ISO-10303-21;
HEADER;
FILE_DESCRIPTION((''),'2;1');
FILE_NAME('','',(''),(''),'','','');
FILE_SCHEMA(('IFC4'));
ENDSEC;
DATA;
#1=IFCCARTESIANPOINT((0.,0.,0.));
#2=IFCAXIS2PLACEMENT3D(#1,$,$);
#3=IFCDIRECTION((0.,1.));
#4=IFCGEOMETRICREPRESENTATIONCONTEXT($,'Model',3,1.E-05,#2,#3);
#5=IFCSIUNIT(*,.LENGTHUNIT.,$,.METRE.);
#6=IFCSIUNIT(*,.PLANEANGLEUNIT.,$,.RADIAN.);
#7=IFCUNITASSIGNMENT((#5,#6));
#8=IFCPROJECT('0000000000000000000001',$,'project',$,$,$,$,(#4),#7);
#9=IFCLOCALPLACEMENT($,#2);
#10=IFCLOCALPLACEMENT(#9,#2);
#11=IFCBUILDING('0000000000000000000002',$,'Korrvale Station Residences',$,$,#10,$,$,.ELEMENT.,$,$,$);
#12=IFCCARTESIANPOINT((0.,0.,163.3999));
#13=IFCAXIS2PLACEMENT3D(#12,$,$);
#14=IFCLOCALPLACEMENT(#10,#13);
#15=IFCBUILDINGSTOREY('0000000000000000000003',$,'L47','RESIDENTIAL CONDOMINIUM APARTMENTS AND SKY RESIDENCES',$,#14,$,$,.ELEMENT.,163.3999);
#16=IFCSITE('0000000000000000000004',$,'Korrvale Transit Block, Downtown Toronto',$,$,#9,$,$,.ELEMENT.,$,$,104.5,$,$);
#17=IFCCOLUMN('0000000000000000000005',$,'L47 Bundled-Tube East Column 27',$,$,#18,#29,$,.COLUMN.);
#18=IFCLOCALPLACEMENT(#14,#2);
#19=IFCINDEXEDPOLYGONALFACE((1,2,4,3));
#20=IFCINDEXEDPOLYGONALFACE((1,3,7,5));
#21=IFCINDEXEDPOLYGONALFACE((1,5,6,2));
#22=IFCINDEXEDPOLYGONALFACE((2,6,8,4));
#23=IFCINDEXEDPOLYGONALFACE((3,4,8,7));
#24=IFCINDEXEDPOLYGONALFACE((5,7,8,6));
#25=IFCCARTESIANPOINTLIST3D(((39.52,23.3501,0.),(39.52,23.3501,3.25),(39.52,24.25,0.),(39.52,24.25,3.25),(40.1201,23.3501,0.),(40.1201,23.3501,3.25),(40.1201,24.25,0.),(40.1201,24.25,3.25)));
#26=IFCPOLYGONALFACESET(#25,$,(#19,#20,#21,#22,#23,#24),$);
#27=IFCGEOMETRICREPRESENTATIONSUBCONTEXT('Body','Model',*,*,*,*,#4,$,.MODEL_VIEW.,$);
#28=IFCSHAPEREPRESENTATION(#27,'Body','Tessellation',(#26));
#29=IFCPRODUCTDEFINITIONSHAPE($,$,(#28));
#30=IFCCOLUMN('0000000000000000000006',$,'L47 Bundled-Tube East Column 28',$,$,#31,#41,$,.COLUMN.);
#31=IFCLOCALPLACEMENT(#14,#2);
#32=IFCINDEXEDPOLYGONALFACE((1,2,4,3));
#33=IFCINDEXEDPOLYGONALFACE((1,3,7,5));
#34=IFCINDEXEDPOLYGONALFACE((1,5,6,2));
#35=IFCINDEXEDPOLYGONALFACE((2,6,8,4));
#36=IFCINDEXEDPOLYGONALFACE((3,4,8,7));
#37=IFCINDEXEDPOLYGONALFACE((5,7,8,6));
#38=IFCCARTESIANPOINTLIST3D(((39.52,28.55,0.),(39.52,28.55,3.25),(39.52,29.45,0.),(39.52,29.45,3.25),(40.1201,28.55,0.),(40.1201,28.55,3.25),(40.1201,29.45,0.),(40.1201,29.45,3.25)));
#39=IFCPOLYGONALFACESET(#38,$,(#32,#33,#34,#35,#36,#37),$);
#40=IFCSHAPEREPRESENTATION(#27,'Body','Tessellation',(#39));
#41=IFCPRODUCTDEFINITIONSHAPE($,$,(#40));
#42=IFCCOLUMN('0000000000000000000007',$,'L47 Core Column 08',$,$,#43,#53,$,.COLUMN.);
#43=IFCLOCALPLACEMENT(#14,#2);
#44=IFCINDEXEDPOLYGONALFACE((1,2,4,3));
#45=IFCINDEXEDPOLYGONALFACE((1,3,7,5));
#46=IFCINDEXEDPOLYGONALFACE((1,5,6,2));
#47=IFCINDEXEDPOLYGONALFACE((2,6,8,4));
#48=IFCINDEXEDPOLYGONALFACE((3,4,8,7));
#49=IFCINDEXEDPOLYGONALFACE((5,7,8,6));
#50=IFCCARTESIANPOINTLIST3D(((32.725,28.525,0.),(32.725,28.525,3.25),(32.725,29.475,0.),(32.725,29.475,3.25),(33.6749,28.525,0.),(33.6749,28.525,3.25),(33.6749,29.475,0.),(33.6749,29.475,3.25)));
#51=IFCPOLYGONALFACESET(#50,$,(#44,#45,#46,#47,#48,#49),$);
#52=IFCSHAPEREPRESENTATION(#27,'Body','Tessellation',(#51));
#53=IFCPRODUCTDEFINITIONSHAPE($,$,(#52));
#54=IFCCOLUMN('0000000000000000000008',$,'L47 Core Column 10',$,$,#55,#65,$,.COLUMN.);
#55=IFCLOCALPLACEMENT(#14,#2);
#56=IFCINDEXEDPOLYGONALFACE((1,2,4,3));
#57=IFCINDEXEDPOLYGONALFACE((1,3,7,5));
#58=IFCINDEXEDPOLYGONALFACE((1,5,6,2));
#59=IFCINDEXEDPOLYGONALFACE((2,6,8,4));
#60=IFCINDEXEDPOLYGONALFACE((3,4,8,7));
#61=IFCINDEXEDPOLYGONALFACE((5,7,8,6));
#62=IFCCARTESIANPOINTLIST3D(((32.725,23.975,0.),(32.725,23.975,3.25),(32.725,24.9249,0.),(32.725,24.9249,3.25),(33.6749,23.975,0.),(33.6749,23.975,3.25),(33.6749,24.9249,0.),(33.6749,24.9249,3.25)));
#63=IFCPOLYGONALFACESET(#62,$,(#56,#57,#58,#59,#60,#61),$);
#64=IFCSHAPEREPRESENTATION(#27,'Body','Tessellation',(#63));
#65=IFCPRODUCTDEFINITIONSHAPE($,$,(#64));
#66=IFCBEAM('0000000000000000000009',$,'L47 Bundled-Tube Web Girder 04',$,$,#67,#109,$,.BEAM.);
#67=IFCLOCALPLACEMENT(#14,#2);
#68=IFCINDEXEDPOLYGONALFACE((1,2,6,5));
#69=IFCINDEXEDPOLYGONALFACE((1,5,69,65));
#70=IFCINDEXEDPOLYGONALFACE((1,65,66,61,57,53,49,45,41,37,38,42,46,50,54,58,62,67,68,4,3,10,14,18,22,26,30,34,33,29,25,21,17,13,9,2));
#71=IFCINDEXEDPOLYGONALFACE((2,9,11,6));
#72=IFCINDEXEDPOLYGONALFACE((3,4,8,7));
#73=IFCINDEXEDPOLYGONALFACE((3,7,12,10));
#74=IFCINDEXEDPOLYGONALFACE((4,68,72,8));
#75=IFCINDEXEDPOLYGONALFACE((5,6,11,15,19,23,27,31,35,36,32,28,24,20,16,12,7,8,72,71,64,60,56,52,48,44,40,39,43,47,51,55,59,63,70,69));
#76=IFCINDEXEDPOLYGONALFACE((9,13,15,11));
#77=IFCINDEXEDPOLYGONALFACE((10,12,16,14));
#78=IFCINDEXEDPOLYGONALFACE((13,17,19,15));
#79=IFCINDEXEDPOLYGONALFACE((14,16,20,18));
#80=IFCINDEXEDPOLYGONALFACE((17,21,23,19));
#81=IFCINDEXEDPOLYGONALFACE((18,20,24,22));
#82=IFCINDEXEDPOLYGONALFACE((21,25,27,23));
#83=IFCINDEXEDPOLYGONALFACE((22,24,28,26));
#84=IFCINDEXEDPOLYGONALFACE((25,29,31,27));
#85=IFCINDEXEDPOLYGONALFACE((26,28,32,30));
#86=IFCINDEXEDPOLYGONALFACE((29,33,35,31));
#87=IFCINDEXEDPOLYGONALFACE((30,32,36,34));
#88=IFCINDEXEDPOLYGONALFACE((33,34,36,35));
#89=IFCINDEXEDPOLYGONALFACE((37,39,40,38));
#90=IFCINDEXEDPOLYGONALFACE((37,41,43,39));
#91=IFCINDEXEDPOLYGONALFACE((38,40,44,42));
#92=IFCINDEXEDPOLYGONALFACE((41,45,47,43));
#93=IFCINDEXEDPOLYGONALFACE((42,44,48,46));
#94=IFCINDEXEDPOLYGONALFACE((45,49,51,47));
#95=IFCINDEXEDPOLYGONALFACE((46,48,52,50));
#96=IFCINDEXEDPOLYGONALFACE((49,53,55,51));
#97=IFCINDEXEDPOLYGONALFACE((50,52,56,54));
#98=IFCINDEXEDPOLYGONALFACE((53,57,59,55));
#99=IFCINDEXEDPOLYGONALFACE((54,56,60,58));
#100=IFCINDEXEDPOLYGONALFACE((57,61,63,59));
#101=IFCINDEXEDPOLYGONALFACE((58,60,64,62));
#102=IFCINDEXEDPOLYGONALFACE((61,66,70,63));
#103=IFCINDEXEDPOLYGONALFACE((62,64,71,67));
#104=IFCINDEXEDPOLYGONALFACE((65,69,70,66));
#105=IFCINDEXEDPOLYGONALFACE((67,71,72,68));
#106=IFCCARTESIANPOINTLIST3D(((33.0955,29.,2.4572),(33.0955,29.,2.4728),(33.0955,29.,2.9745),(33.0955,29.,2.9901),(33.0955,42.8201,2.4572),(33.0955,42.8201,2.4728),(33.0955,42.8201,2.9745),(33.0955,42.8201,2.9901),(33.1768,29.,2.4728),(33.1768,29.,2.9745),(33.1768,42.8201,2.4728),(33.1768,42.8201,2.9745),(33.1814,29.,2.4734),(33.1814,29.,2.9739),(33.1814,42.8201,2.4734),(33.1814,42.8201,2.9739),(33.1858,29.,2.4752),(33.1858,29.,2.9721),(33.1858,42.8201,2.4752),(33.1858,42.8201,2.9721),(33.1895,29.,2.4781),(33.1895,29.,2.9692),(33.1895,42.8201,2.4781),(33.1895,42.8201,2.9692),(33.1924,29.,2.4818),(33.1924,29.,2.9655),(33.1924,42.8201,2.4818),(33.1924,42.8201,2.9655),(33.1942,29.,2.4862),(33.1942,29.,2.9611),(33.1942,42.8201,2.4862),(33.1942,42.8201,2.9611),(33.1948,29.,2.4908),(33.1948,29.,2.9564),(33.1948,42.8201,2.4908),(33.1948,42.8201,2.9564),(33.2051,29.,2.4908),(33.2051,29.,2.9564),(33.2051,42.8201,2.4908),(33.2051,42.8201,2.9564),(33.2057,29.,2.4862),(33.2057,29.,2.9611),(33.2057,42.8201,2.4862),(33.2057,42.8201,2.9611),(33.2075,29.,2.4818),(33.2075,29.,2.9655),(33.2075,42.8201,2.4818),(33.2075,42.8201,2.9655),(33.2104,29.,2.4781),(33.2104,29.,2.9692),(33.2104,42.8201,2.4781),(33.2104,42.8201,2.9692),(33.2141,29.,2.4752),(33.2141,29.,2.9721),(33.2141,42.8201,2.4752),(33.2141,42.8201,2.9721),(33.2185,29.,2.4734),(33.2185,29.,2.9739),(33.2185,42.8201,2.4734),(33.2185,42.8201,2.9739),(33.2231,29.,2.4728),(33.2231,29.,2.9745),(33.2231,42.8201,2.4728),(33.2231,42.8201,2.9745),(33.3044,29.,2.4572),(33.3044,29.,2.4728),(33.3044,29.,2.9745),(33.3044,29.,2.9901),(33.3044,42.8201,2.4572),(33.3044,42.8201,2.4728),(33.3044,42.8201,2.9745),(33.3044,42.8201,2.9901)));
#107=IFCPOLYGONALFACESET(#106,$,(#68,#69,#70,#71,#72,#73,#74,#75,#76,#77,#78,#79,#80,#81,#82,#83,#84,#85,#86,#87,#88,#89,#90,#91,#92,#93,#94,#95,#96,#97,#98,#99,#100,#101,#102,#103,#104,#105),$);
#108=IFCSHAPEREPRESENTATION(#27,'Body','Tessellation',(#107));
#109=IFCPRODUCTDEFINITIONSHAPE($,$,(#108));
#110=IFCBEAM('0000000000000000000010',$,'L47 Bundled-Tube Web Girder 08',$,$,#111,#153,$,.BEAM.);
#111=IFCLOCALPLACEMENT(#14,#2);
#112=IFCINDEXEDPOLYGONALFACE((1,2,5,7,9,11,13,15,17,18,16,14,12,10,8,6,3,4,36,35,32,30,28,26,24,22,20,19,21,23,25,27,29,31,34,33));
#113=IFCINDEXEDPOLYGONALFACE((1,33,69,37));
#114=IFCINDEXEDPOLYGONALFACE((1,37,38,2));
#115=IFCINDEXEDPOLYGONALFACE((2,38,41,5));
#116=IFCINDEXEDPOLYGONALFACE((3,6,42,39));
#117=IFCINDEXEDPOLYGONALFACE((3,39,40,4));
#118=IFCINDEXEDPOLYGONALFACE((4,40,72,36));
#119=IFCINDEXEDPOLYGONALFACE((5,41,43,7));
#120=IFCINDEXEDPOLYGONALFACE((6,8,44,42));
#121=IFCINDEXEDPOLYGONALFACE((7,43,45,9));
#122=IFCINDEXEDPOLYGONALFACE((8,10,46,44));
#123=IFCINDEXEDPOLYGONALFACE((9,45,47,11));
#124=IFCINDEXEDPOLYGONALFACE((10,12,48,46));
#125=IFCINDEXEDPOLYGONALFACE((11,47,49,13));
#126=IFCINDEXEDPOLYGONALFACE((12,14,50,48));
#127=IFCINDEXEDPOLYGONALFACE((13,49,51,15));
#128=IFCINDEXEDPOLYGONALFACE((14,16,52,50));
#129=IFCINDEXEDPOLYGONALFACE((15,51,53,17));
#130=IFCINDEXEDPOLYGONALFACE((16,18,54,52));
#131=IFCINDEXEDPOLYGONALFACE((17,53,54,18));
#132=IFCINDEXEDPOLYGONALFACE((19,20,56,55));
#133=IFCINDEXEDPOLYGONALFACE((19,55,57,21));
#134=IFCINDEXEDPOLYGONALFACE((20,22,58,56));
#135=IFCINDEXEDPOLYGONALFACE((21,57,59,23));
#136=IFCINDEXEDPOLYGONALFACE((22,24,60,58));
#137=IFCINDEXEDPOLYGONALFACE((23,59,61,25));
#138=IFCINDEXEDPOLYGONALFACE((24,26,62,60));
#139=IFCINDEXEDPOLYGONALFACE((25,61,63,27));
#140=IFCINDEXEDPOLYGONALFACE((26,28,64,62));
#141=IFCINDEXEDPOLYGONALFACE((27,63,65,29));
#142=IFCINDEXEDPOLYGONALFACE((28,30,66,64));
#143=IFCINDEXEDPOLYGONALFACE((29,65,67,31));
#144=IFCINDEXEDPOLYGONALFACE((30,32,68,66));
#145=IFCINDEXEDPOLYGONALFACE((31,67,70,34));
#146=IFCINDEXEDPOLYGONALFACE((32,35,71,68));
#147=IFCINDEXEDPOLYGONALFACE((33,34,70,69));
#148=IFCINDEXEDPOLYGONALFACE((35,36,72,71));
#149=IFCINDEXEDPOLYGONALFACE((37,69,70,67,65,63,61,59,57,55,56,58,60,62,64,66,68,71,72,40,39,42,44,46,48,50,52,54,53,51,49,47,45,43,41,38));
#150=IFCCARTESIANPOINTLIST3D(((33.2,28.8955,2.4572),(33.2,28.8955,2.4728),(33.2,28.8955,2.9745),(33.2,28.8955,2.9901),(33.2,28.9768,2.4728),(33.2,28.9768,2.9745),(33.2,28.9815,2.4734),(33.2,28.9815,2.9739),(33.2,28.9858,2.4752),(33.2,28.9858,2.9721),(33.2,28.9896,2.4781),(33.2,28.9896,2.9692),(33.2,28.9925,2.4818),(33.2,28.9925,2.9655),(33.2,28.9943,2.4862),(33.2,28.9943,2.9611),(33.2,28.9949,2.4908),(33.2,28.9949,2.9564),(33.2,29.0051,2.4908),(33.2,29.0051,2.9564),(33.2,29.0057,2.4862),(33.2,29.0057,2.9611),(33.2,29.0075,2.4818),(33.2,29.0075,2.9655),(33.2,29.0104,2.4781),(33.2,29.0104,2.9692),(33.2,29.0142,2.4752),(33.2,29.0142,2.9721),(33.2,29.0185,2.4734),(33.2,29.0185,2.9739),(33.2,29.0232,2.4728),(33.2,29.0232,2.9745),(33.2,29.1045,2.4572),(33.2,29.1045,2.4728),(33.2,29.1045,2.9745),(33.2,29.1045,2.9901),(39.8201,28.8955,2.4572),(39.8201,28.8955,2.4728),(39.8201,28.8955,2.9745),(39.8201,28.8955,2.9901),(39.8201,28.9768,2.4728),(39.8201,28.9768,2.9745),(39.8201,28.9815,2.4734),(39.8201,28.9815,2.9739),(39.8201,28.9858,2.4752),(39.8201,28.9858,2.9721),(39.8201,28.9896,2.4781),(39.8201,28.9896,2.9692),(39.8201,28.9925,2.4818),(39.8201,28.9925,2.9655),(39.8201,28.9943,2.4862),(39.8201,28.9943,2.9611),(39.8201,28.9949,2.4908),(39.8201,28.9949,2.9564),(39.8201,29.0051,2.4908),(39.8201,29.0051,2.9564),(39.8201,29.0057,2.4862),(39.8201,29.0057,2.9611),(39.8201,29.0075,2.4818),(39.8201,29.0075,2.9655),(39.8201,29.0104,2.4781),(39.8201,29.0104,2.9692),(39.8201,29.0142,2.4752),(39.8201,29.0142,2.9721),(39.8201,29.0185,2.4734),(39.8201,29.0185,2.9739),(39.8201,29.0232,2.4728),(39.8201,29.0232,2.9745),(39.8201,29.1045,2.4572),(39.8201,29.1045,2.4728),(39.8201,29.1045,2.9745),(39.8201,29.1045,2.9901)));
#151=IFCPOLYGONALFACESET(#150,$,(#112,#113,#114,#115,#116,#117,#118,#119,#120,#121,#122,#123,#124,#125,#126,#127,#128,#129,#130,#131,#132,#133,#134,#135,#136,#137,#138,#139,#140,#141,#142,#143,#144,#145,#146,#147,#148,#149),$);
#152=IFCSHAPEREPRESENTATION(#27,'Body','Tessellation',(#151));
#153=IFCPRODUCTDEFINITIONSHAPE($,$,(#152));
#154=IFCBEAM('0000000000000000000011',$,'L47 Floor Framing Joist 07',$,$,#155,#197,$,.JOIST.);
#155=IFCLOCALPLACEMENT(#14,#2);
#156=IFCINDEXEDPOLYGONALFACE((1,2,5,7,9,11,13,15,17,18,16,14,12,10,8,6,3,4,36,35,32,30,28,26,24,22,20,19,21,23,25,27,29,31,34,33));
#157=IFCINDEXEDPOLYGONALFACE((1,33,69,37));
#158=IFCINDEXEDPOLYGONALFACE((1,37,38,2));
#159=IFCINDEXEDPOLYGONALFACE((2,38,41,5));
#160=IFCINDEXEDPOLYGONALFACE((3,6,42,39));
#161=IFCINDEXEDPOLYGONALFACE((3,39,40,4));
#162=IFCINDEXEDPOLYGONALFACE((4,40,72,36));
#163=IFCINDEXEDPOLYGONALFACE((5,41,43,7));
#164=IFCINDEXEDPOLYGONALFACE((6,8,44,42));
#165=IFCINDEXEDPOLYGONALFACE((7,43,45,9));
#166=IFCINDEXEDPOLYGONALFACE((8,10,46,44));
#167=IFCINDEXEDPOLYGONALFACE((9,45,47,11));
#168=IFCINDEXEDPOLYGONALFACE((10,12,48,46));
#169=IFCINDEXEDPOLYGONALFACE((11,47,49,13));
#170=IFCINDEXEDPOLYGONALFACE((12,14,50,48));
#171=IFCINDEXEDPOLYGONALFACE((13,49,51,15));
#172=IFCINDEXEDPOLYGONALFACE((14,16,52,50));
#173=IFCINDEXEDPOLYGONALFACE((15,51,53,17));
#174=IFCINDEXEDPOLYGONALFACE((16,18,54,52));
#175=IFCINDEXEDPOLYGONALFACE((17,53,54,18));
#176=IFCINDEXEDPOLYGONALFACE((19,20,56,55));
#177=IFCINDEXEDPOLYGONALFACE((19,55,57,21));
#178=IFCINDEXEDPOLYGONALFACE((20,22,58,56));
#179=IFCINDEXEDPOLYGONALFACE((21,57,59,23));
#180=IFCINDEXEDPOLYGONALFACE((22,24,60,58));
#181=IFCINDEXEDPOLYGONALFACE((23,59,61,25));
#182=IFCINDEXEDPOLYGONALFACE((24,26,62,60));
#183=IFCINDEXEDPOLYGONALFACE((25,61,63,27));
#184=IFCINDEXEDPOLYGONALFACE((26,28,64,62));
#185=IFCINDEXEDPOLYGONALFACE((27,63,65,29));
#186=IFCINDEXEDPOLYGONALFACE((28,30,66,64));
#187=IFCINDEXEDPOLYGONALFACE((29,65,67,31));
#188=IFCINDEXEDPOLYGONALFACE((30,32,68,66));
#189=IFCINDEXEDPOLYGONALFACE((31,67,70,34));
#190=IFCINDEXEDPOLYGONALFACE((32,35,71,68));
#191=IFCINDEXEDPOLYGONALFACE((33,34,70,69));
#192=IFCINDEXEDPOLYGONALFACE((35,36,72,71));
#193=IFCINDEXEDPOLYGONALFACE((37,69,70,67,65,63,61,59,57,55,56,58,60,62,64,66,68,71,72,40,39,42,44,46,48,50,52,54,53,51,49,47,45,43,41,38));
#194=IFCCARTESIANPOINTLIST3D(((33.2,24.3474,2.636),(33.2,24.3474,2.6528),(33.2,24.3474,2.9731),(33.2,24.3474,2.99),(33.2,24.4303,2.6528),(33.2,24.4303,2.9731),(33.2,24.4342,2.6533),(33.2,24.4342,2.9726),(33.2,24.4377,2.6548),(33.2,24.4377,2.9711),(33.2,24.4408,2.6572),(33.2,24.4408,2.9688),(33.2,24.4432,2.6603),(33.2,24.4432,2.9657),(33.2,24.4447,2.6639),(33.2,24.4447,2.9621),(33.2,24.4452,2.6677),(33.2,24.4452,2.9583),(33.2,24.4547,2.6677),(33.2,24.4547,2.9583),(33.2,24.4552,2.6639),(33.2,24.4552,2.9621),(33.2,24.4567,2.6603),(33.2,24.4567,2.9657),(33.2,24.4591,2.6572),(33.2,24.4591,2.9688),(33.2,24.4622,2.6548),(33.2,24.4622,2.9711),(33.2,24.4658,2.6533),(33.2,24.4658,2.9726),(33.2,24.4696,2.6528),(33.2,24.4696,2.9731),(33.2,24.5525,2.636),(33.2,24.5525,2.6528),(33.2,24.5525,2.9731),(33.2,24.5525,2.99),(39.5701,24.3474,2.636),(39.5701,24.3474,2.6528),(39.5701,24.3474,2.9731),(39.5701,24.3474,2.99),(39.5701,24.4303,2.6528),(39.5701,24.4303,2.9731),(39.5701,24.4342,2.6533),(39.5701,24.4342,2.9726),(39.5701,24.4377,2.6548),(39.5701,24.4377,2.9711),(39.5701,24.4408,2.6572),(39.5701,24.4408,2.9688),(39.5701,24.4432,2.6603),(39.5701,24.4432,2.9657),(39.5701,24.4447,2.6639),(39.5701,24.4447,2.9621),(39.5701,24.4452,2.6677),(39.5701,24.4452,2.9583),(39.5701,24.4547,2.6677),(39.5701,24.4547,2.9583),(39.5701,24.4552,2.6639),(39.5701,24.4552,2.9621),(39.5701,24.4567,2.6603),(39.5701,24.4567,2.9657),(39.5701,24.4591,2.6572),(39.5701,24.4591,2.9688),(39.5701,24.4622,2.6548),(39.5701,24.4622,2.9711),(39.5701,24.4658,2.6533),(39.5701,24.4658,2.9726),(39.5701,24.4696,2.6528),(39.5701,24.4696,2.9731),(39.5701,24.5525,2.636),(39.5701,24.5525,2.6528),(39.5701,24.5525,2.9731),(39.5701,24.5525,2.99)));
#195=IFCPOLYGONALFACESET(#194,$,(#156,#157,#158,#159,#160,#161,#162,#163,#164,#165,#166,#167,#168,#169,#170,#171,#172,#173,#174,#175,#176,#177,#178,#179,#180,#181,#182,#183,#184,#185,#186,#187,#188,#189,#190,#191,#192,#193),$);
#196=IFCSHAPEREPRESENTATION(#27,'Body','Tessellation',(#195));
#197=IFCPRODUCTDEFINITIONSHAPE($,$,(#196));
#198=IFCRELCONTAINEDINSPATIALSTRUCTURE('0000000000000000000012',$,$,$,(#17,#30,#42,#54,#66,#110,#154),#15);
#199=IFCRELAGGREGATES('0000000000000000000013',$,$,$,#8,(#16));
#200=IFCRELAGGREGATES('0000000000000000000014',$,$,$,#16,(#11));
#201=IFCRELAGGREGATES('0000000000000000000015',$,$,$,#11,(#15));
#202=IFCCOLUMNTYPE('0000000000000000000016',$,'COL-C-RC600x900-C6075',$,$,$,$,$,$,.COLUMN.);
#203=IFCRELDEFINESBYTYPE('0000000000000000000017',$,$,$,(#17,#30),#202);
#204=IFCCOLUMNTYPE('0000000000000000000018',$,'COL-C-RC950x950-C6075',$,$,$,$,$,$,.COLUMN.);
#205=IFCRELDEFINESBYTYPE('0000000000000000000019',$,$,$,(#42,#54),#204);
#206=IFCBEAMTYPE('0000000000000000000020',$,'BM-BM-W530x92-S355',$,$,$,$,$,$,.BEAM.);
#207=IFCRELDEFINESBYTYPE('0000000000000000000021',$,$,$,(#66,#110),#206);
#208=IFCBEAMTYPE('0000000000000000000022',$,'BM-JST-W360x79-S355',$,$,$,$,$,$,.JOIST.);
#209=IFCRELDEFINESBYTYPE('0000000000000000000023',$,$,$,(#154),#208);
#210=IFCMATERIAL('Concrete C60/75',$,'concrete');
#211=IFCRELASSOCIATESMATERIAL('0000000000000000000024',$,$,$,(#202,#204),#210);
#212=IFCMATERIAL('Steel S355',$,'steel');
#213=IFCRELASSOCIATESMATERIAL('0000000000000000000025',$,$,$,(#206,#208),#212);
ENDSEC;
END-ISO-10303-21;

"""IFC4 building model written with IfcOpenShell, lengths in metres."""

from ifc_helpers import new_model, si_unit, direction, frame, origin, origin_2d, place, context, subcontext, project, spatial, rectangle, i_section, extrude, material, material_profile, profile_set, type_object, element, save


model = new_model("IFC4")

# Units and contexts
model_context = context("Model", 3, precision=1e-05, world=origin(), true_north=direction((0.0, 1.0)))
body_context = subcontext(model_context, "Body", "Model", "MODEL_VIEW")
ifc_project = project(units=[si_unit("LENGTHUNIT", "METRE"), si_unit("PLANEANGLEUNIT", "RADIAN")], contexts=[model_context])

# Site, building, storey
site_placement = place(None, origin())
site = spatial("IfcSite", under=ifc_project, at=site_placement, Name="Korrvale Transit Block, Downtown Toronto", CompositionType="ELEMENT", RefElevation=104.5)
building_placement = place(site_placement, origin())
building = spatial("IfcBuilding", under=site, at=building_placement, Name="Korrvale Station Residences", CompositionType="ELEMENT")
storey_placement = place(building_placement, frame((0.0, 0.0, 163.3999)))
storey = spatial("IfcBuildingStorey", under=building, at=storey_placement, Name="L47", Description="RESIDENTIAL CONDOMINIUM APARTMENTS AND SKY RESIDENCES", CompositionType="ELEMENT", Elevation=163.3999)

# Columns
ifc_material_1 = material(Name="Concrete C60/75", Category="concrete")
ifc_material_profile_1 = material_profile(ifc_material_1, rectangle(XDim=0.6001, YDim=0.8999, at=origin_2d()), Name="RC600x900")
ifc_profile_set_1 = profile_set([ifc_material_profile_1], Name="Concrete C60/75")
column_type_1 = type_object("IfcColumnType", Name="COL-C-RC600x900-C6075", PredefinedType="COLUMN", material=ifc_profile_set_1)
for number, where, z_axis, x_axis, name in (
    (1, (39.8201, 23.8, 0.0), (0.0, 0.0, 1.0), (1.0, 0.0, 0.0), "L47 Bundled-Tube East Column 27"),
    (2, (39.8201, 29.0, 0.0), (0.0, 0.0, 1.0), (1.0, 0.0, 0.0), "L47 Bundled-Tube East Column 28"),
):
    element("IfcColumn", number, at=place(storey_placement, frame(where, z_axis=z_axis, x_axis=x_axis)), inside=storey, type_object=column_type_1, Name=name, PredefinedType="COLUMN", context=body_context, shape_type="SweptSolid", body=[
        extrude(rectangle(XDim=0.6001, YDim=0.8999, at=origin_2d()), origin(), (0.0, 0.0, 1.0), 3.25),
    ])
ifc_material_profile_2 = material_profile(ifc_material_1, rectangle(XDim=0.95, YDim=0.95, at=origin_2d()), Name="RC950x950")
ifc_profile_set_2 = profile_set([ifc_material_profile_2], Name="Concrete C60/75")
column_type_2 = type_object("IfcColumnType", Name="COL-C-RC950x950-C6075", PredefinedType="COLUMN", material=ifc_profile_set_2)
for number, where, z_axis, x_axis, name in (
    (3, (33.2, 29.0, 0.0), (0.0, 0.0, 1.0), (1.0, 0.0, 0.0), "L47 Core Column 08"),
    (4, (33.2, 24.45, 0.0), (0.0, 0.0, 1.0), (1.0, 0.0, 0.0), "L47 Core Column 10"),
):
    element("IfcColumn", number, at=place(storey_placement, frame(where, z_axis=z_axis, x_axis=x_axis)), inside=storey, type_object=column_type_2, Name=name, PredefinedType="COLUMN", context=body_context, shape_type="SweptSolid", body=[
        extrude(rectangle(XDim=0.95, YDim=0.95, at=origin_2d()), origin(), (0.0, 0.0, 1.0), 3.25),
    ])

# Beams
ifc_material_2 = material(Name="Steel S355", Category="steel")
ifc_material_profile_3 = material_profile(ifc_material_2, i_section(OverallWidth=0.209, OverallDepth=0.533, WebThickness=0.0103, FlangeThickness=0.0156, FilletRadius=0.0181, at=origin_2d()), Name="W530x92")
ifc_profile_set_3 = profile_set([ifc_material_profile_3], Name="Steel S355")
beam_type_1 = type_object("IfcBeamType", Name="BM-BM-W530x92-S355", PredefinedType="BEAM", material=ifc_profile_set_3)
beam_1_placement = place(storey_placement, frame((33.2, 29.0, 2.7236), z_axis=(0.0, 1.0, 0.0), x_axis=(-1.0, 0.0, 0.0)))
element("IfcBeam", 5, at=beam_1_placement, inside=storey, type_object=beam_type_1, Name="L47 Bundled-Tube Web Girder 04", PredefinedType="BEAM", context=body_context, shape_type="SweptSolid", body=[
    extrude(i_section(OverallWidth=0.209, OverallDepth=0.533, WebThickness=0.0103, FlangeThickness=0.0156, FilletRadius=0.0181, at=origin_2d()), origin(), (0.0, 0.0, 1.0), 13.8201),
])
beam_2_placement = place(storey_placement, frame((33.2, 29.0, 2.7236), z_axis=(1.0, 0.0, 0.0), x_axis=(0.0, 1.0, 0.0)))
element("IfcBeam", 6, at=beam_2_placement, inside=storey, type_object=beam_type_1, Name="L47 Bundled-Tube Web Girder 08", PredefinedType="BEAM", context=body_context, shape_type="SweptSolid", body=[
    extrude(i_section(OverallWidth=0.209, OverallDepth=0.533, WebThickness=0.0103, FlangeThickness=0.0156, FilletRadius=0.0181, at=origin_2d()), origin(), (0.0, 0.0, 1.0), 6.6201),
])
ifc_material_profile_4 = material_profile(ifc_material_2, i_section(OverallWidth=0.2051, OverallDepth=0.354, WebThickness=0.0095, FlangeThickness=0.0168, FilletRadius=0.0149, at=origin_2d()), Name="W360x79")
ifc_profile_set_4 = profile_set([ifc_material_profile_4], Name="Steel S355")
beam_type_2 = type_object("IfcBeamType", Name="BM-JST-W360x79-S355", PredefinedType="JOIST", material=ifc_profile_set_4)
beam_3_placement = place(storey_placement, frame((33.2, 24.45, 2.813), z_axis=(1.0, 0.0, 0.0), x_axis=(0.0, 1.0, 0.0)))
element("IfcBeam", 7, at=beam_3_placement, inside=storey, type_object=beam_type_2, Name="L47 Floor Framing Joist 07", PredefinedType="JOIST", context=body_context, shape_type="SweptSolid", body=[
    extrude(i_section(OverallWidth=0.2051, OverallDepth=0.354, WebThickness=0.0095, FlangeThickness=0.0168, FilletRadius=0.0149, at=origin_2d()), origin(), (0.0, 0.0, 1.0), 6.3701),
])

save(model, "model.ifc")
